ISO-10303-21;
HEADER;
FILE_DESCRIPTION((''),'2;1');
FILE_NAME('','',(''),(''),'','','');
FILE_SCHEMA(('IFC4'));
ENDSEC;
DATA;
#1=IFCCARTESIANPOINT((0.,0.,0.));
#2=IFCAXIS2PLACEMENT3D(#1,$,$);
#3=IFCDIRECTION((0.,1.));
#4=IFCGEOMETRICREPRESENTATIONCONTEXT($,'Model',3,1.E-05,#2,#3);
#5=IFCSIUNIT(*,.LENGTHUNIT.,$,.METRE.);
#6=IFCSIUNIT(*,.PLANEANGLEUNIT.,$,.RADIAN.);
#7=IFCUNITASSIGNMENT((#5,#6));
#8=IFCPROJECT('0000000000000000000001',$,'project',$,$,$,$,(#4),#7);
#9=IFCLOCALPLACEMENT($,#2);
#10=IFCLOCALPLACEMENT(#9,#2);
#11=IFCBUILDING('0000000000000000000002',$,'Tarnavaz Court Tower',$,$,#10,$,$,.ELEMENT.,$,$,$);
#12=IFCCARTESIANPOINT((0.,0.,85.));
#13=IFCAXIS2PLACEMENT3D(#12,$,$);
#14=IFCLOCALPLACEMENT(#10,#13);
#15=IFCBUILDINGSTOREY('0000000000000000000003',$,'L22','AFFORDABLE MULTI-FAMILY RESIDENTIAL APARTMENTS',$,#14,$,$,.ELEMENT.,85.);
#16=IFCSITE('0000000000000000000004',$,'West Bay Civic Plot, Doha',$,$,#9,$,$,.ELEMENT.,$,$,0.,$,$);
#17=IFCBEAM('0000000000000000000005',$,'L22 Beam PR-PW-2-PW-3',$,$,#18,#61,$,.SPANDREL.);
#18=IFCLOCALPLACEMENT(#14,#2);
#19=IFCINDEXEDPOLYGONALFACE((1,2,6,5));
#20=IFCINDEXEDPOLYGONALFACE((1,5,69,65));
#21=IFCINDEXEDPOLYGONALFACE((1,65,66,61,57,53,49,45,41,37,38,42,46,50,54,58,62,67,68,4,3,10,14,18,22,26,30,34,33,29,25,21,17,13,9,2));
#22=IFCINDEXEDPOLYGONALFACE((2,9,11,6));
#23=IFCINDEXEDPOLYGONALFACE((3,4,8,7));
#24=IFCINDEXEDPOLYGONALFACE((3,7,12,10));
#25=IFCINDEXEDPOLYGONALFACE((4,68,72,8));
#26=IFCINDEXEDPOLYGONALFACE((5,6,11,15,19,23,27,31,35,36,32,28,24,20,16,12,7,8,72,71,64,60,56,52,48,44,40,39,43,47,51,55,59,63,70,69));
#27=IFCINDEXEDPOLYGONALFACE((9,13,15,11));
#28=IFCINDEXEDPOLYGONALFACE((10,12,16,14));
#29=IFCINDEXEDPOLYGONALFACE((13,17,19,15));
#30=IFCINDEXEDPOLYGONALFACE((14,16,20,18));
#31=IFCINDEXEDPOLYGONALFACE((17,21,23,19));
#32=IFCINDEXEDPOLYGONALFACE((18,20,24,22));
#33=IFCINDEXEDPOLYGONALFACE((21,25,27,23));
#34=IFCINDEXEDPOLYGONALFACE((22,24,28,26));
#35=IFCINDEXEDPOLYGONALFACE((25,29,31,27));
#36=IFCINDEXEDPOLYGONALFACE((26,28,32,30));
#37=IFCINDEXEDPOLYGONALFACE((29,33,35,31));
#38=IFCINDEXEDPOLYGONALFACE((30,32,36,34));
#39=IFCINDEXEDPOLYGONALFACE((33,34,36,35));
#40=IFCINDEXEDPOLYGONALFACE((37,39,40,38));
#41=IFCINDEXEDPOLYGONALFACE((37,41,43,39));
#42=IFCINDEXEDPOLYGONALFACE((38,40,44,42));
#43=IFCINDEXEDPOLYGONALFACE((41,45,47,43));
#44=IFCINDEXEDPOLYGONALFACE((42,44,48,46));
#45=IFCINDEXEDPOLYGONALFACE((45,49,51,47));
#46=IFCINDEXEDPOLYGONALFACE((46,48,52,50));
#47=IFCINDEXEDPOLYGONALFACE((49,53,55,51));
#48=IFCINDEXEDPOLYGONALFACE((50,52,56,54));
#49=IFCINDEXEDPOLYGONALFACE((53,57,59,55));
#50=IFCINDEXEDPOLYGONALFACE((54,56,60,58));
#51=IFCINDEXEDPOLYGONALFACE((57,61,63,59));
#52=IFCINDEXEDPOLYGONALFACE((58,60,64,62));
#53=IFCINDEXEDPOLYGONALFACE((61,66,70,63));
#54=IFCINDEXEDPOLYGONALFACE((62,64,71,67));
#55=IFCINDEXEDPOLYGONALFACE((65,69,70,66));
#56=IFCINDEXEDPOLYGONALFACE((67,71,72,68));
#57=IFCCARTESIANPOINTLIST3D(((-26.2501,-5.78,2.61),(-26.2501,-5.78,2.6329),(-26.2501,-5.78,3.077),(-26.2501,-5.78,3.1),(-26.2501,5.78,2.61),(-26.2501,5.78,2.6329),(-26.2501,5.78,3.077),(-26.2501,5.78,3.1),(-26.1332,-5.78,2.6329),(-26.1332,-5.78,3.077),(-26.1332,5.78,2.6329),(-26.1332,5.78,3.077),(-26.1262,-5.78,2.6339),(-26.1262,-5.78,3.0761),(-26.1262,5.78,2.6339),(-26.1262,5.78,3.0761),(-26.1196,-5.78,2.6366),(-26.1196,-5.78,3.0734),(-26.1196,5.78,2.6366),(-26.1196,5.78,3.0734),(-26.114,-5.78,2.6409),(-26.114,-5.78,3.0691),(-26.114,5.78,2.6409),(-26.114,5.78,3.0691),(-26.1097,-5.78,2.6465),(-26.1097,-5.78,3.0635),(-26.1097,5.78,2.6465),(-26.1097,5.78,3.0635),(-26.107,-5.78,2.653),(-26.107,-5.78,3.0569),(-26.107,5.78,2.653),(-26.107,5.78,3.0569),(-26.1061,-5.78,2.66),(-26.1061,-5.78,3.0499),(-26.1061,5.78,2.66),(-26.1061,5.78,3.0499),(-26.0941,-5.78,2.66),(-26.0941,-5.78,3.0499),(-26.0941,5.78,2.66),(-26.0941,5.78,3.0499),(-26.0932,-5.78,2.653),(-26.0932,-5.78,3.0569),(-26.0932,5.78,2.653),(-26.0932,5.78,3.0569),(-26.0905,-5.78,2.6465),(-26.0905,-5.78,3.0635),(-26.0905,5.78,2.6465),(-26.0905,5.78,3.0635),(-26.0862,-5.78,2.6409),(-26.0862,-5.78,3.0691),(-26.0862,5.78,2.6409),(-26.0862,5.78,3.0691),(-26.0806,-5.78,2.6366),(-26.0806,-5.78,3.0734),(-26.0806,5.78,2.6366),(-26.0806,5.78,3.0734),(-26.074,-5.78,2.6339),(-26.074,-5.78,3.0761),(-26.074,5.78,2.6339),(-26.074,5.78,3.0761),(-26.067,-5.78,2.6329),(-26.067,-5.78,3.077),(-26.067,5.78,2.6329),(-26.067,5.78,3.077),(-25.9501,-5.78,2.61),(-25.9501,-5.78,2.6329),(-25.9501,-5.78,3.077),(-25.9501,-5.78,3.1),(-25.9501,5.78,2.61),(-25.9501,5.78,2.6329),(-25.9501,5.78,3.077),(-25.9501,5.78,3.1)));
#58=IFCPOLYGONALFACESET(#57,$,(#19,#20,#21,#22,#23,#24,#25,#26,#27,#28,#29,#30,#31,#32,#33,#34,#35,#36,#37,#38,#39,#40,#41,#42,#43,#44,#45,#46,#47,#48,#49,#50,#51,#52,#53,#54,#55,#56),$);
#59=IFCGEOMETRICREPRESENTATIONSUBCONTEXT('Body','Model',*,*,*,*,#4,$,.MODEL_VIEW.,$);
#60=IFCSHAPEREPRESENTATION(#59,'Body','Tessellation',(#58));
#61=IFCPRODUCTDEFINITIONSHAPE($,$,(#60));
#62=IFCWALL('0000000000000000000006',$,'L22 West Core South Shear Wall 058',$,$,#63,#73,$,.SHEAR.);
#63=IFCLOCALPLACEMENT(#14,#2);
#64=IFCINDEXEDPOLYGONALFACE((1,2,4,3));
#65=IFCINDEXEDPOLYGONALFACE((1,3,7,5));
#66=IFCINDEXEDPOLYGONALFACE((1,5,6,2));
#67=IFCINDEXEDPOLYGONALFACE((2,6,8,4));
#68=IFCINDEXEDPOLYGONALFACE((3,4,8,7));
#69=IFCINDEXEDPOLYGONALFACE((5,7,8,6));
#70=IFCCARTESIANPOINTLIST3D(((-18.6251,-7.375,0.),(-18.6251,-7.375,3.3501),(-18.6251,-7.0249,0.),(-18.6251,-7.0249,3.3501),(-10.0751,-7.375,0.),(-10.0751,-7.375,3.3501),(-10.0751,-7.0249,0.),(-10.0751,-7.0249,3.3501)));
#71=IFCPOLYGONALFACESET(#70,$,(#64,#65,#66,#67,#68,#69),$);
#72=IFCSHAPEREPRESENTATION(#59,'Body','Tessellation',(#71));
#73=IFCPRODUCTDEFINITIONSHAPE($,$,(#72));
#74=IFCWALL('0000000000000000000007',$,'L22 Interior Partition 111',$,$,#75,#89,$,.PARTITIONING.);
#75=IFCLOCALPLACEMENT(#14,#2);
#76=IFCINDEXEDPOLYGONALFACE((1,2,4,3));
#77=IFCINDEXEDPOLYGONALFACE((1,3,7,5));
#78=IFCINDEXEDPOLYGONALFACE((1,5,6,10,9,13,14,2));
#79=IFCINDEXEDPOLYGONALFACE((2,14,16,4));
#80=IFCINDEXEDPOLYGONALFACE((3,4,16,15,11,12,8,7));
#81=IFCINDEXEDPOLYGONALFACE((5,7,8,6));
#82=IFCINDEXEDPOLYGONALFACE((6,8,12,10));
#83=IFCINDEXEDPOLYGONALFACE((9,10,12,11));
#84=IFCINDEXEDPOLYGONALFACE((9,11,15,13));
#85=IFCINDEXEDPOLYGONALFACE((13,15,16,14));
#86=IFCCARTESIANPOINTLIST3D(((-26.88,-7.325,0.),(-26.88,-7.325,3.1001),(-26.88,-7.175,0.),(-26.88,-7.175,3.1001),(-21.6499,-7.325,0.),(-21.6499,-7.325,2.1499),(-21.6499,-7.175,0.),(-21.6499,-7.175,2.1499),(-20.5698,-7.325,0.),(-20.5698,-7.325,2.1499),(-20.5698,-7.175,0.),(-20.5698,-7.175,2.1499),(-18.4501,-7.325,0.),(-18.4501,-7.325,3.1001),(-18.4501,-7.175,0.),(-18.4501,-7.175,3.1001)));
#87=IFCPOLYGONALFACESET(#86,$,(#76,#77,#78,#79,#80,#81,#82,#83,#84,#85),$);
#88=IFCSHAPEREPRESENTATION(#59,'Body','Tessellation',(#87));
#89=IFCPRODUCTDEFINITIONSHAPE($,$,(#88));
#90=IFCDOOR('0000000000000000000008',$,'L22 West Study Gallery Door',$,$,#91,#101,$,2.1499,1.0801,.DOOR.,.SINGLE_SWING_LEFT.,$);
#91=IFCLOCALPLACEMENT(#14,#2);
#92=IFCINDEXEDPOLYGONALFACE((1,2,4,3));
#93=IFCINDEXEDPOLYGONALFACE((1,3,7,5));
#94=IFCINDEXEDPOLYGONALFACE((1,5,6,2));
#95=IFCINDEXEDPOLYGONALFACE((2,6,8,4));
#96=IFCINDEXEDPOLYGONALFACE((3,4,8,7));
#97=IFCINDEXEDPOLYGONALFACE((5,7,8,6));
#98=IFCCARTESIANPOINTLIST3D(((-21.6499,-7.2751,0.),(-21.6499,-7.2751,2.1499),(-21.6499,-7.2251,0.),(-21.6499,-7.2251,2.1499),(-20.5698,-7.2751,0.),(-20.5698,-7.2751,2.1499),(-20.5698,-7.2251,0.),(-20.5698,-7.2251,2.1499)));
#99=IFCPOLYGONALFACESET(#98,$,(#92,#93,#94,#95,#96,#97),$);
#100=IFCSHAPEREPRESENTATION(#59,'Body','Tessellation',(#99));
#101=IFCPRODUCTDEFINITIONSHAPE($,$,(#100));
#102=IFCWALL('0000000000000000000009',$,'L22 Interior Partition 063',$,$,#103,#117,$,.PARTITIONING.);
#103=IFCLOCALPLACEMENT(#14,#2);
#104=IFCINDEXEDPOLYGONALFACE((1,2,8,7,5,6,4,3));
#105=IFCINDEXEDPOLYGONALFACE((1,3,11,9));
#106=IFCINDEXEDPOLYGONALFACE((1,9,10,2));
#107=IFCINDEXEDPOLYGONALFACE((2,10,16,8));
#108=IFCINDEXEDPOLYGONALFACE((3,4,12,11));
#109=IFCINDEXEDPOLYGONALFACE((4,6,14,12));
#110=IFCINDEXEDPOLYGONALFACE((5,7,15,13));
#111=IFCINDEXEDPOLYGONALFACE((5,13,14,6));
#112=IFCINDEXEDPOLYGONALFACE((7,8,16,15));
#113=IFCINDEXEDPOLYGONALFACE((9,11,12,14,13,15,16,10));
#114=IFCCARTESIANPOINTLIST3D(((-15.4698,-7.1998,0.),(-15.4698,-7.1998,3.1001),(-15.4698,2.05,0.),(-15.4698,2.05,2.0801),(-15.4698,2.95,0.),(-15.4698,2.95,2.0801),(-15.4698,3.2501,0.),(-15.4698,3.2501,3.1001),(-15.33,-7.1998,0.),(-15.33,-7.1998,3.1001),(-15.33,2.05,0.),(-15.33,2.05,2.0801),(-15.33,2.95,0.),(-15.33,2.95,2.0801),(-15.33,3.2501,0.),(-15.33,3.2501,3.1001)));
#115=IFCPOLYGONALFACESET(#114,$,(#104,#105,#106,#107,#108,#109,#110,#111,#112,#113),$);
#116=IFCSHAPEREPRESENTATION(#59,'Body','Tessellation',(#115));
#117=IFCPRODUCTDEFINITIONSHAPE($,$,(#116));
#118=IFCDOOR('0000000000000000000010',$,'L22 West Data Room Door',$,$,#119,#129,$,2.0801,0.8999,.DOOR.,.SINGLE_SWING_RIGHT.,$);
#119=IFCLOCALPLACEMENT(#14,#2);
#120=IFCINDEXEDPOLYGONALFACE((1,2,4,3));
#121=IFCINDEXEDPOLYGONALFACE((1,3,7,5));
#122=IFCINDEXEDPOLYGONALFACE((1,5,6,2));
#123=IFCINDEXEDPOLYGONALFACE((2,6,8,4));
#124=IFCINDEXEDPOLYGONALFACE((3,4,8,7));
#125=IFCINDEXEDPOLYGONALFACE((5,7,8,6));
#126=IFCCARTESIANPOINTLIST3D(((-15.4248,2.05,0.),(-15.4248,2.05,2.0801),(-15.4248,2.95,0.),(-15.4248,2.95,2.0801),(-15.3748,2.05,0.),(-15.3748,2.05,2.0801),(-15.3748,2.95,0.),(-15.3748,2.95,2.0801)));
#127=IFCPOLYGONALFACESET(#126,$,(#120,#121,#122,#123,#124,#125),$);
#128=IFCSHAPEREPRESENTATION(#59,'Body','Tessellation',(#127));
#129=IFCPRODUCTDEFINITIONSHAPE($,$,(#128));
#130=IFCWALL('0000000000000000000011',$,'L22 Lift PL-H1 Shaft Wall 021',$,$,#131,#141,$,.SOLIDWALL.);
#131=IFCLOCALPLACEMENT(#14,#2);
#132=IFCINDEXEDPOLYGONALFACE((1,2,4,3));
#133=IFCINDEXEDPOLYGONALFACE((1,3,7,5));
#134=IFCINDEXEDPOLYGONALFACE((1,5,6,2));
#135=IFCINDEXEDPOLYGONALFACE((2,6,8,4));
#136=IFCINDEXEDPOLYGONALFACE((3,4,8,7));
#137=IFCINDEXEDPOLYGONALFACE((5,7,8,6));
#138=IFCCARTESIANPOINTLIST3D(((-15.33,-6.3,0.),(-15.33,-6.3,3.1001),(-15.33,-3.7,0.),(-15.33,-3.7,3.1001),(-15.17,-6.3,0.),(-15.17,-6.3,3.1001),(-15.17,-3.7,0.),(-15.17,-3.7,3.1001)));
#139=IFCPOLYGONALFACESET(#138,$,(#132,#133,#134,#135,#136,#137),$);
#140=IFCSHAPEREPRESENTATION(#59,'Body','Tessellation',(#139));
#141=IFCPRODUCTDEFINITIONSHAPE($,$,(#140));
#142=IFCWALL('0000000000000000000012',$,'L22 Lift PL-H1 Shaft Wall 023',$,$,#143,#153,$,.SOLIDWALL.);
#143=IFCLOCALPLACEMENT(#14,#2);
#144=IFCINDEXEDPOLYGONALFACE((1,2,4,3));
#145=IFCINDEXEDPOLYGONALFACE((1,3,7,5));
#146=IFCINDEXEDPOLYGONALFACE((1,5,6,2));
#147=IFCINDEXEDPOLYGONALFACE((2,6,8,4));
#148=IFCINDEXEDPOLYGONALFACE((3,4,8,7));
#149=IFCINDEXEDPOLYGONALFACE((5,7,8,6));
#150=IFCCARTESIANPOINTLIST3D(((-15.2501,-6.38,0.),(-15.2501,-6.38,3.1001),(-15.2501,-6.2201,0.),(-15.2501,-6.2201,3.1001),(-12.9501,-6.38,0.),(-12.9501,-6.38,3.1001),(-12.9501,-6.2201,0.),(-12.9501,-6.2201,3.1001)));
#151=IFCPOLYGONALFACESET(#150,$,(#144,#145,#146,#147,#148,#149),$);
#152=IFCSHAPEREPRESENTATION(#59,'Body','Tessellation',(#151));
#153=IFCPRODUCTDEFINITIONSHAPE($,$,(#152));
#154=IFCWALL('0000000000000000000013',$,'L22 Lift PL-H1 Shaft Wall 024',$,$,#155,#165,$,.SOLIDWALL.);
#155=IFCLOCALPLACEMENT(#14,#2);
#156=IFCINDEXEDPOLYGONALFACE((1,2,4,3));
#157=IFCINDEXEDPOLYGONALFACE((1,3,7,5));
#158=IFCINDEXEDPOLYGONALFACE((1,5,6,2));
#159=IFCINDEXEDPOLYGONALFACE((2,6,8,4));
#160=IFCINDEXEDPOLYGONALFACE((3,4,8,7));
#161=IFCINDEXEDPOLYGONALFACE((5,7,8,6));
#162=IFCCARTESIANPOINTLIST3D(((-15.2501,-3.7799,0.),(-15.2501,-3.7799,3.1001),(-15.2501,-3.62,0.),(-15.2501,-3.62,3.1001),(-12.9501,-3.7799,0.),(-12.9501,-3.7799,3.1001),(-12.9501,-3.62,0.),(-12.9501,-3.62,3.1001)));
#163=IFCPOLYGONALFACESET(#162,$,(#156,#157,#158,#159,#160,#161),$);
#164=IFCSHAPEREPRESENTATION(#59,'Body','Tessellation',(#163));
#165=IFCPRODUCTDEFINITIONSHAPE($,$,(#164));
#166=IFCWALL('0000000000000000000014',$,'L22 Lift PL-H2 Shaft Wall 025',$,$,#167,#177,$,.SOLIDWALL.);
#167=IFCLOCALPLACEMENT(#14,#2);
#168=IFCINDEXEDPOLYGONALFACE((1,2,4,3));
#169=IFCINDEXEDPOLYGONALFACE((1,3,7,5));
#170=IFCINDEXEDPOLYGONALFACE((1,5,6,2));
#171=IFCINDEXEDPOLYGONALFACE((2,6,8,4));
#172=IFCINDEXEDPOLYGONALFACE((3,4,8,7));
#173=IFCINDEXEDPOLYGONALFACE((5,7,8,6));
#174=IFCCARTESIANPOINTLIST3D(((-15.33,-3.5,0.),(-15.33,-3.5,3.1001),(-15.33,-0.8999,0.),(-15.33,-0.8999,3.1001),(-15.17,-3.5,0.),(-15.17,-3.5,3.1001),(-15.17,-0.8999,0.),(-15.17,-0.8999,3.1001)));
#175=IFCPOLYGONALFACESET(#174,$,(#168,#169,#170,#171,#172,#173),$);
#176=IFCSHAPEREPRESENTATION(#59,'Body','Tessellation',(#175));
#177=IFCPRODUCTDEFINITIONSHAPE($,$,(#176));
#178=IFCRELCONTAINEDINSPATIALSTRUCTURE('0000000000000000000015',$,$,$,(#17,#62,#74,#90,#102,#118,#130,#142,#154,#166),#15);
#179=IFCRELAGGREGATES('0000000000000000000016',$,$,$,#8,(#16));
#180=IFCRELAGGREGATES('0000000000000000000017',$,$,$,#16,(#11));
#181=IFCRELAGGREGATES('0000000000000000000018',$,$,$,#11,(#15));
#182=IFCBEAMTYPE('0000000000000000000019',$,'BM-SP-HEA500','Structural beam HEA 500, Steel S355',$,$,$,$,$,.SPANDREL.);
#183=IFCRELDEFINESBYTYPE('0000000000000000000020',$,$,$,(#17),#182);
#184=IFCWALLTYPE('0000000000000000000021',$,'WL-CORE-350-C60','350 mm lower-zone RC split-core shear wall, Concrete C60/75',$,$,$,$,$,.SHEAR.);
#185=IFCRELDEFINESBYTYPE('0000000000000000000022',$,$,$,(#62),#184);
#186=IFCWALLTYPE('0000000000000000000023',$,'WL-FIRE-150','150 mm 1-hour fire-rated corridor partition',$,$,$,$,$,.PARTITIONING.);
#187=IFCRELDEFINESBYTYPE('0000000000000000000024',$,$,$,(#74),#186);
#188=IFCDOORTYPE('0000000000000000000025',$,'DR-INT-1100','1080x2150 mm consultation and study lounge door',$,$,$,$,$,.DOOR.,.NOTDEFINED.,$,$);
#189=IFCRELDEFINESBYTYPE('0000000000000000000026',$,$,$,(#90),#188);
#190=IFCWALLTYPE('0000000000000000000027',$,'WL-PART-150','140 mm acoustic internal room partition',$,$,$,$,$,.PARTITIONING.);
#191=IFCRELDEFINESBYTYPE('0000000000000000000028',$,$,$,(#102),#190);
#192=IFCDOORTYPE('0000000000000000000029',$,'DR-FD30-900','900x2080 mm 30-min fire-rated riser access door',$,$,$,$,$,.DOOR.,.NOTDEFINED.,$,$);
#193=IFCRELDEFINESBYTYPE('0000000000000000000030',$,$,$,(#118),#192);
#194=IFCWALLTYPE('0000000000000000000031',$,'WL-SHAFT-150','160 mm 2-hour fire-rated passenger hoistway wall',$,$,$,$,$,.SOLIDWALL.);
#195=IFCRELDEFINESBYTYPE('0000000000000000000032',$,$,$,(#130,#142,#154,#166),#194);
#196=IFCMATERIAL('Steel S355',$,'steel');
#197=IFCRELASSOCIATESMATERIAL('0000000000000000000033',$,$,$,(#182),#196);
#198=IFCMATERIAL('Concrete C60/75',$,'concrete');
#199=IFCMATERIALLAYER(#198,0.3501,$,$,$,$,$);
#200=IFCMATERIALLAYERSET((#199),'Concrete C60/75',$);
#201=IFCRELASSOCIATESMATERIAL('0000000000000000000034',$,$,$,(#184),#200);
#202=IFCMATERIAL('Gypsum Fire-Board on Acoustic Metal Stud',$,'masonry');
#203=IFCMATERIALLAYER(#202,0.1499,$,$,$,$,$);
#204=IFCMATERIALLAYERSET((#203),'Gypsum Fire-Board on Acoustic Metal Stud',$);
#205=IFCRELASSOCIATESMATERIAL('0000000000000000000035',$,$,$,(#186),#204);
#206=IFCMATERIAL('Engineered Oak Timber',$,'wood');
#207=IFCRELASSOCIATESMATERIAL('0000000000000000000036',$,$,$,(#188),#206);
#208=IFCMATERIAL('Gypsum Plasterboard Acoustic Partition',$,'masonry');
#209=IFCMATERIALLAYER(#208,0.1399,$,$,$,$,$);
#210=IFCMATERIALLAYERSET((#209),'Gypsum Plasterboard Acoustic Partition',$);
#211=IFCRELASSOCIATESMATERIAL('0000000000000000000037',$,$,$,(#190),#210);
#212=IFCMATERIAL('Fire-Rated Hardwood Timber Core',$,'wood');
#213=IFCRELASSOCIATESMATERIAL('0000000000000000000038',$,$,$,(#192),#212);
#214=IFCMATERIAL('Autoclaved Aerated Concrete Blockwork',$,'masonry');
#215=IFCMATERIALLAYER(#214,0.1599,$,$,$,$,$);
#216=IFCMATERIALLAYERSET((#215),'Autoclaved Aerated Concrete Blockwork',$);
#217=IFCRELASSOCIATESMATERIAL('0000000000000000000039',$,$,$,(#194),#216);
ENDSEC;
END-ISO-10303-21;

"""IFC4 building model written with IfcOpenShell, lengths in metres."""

from ifc_helpers import new_model, si_unit, direction, frame, frame_2d, origin, origin_2d, place, context, subcontext, project, spatial, rectangle, i_section, extrude, material, layer, layer_set, material_profile, profile_set, type_object, element, fill, save


model = new_model("IFC4")

# Units and contexts
model_context = context("Model", 3, precision=1e-05, world=origin(), true_north=direction((0.0, 1.0)))
body_context = subcontext(model_context, "Body", "Model", "MODEL_VIEW")
ifc_project = project(units=[si_unit("LENGTHUNIT", "METRE"), si_unit("PLANEANGLEUNIT", "RADIAN")], contexts=[model_context])

# Site, building, storey
site_placement = place(None, origin())
site = spatial("IfcSite", under=ifc_project, at=site_placement, Name="West Bay Civic Plot, Doha", CompositionType="ELEMENT", RefElevation=0.0)
building_placement = place(site_placement, origin())
building = spatial("IfcBuilding", under=site, at=building_placement, Name="Tarnavaz Court Tower", CompositionType="ELEMENT")
storey_placement = place(building_placement, frame((0.0, 0.0, 85.0)))
storey = spatial("IfcBuildingStorey", under=building, at=storey_placement, Name="L22", Description="AFFORDABLE MULTI-FAMILY RESIDENTIAL APARTMENTS", CompositionType="ELEMENT", Elevation=85.0)

# Shared definitions
ifc_material_1 = material(Name="Concrete C60/75", Category="concrete")

# Beam
ifc_material_2 = material(Name="Steel S355", Category="steel")
ifc_material_profile_1 = material_profile(ifc_material_2, i_section(OverallWidth=0.3, OverallDepth=0.49, WebThickness=0.012, FlangeThickness=0.0229, FilletRadius=0.0271, at=origin_2d()), Name="HEA 500")
ifc_profile_set_1 = profile_set([ifc_material_profile_1], Name="Steel S355")
beam_type_1 = type_object("IfcBeamType", Name="BM-SP-HEA500", Description="Structural beam HEA 500, Steel S355", PredefinedType="SPANDREL", material=ifc_profile_set_1)
beam_1_placement = place(storey_placement, frame((-26.1001, -5.78, 2.855), z_axis=(0.0, 1.0, 0.0), x_axis=(-1.0, 0.0, 0.0)))
element("IfcBeam", 1, at=beam_1_placement, inside=storey, type_object=beam_type_1, Name="L22 Beam PR-PW-2-PW-3", PredefinedType="SPANDREL", context=body_context, shape_type="SweptSolid", body=[
    extrude(i_section(OverallWidth=0.3, OverallDepth=0.49, WebThickness=0.012, FlangeThickness=0.0229, FilletRadius=0.0271, at=origin_2d()), origin(), (0.0, 0.0, 1.0), 11.5601),
])

# Wall
ifc_layer_1 = layer(ifc_material_1, 0.3501)
ifc_layer_set_1 = layer_set([ifc_layer_1], Name="Concrete C60/75")
wall_type_1 = type_object("IfcWallType", Name="WL-CORE-350-C60", Description="350 mm lower-zone RC split-core shear wall, Concrete C60/75", PredefinedType="SHEAR", material=ifc_layer_set_1)
wall_1_placement = place(storey_placement, frame((-18.625, -7.2, 0.0), z_axis=(0.0, 0.0, 1.0), x_axis=(1.0, 0.0, 0.0)))
element("IfcWall", 2, at=wall_1_placement, inside=storey, type_object=wall_type_1, Name="L22 West Core South Shear Wall 058", PredefinedType="SHEAR", context=body_context, shape_type="SweptSolid", body=[
    extrude(rectangle(XDim=8.55, YDim=0.3501, at=frame_2d((4.2749, 0.0))), origin(), (0.0, 0.0, 1.0), 3.3501),
])

# Walls, openings, doors
ifc_material_3 = material(Name="Gypsum Fire-Board on Acoustic Metal Stud", Category="masonry")
ifc_layer_2 = layer(ifc_material_3, 0.1499)
ifc_layer_set_2 = layer_set([ifc_layer_2], Name="Gypsum Fire-Board on Acoustic Metal Stud")
wall_type_2 = type_object("IfcWallType", Name="WL-FIRE-150", Description="150 mm 1-hour fire-rated corridor partition", PredefinedType="PARTITIONING", material=ifc_layer_set_2)
wall_2_placement = place(storey_placement, frame((-26.8799, -7.25, 0.0), z_axis=(0.0, 0.0, 1.0), x_axis=(1.0, 0.0, 0.0)))
wall_2 = element("IfcWall", 3, at=wall_2_placement, inside=storey, type_object=wall_type_2, Name="L22 Interior Partition 111", PredefinedType="PARTITIONING", context=body_context, shape_type="SweptSolid", body=[
    extrude(rectangle(XDim=8.4299, YDim=0.1499, at=frame_2d((4.2148, 0.0))), origin(), (0.0, 0.0, 1.0), 3.1001),
])
opening_1_placement = place(wall_2_placement, frame((5.23, 0.0, 0.0)))
opening_1 = element("IfcOpeningElement", 4, at=opening_1_placement, cuts=wall_2, PredefinedType="OPENING", context=body_context, shape_type="SweptSolid", body=[
    extrude(rectangle(XDim=1.0801, YDim=2.1499, at=frame_2d((0.54, 1.075))), frame((0.0, 0.085, 0.0), z_axis=(0.0, -1.0, 0.0), x_axis=(1.0, 0.0, 0.0)), (0.0, 0.0, 1.0), 0.1699),
])
ifc_material_4 = material(Name="Engineered Oak Timber", Category="wood")
door_type_1 = type_object("IfcDoorType", Name="DR-INT-1100", Description="1080x2150 mm consultation and study lounge door", OperationType="NOTDEFINED", PredefinedType="DOOR", material=ifc_material_4)
door_1_placement = place(opening_1_placement, origin())
door_1 = element("IfcDoor", 5, at=door_1_placement, inside=storey, type_object=door_type_1, Name="L22 West Study Gallery Door", OperationType="SINGLE_SWING_LEFT", OverallHeight=2.1499, OverallWidth=1.0801, PredefinedType="DOOR", context=body_context, shape_type="SweptSolid", body=[
    extrude(rectangle(XDim=1.0801, YDim=2.1499, at=frame_2d((0.54, 1.075))), frame((0.0, 0.0249, 0.0), z_axis=(0.0, -1.0, 0.0), x_axis=(1.0, 0.0, 0.0)), (0.0, 0.0, 1.0), 0.05),
])
fill(opening_1, door_1)
ifc_material_5 = material(Name="Gypsum Plasterboard Acoustic Partition", Category="masonry")
ifc_layer_3 = layer(ifc_material_5, 0.1399)
ifc_layer_set_3 = layer_set([ifc_layer_3], Name="Gypsum Plasterboard Acoustic Partition")
wall_type_3 = type_object("IfcWallType", Name="WL-PART-150", Description="140 mm acoustic internal room partition", PredefinedType="PARTITIONING", material=ifc_layer_set_3)
wall_3_placement = place(storey_placement, frame((-15.3999, -7.2, 0.0), z_axis=(0.0, 0.0, 1.0), x_axis=(0.0, 1.0, 0.0)))
wall_3 = element("IfcWall", 6, at=wall_3_placement, inside=storey, type_object=wall_type_3, Name="L22 Interior Partition 063", PredefinedType="PARTITIONING", context=body_context, shape_type="SweptSolid", body=[
    extrude(rectangle(XDim=10.45, YDim=0.1399, at=frame_2d((5.2251, 0.0))), origin(), (0.0, 0.0, 1.0), 3.1001),
])
opening_2_placement = place(wall_3_placement, frame((9.25, 0.0, 0.0)))
opening_2 = element("IfcOpeningElement", 7, at=opening_2_placement, cuts=wall_3, PredefinedType="OPENING", context=body_context, shape_type="SweptSolid", body=[
    extrude(rectangle(XDim=0.8999, YDim=2.0801, at=frame_2d((0.45, 1.04))), frame((0.0, 0.0798, 0.0), z_axis=(0.0, -1.0, 0.0), x_axis=(1.0, 0.0, 0.0)), (0.0, 0.0, 1.0), 0.1599),
])
ifc_material_6 = material(Name="Fire-Rated Hardwood Timber Core", Category="wood")
door_type_2 = type_object("IfcDoorType", Name="DR-FD30-900", Description="900x2080 mm 30-min fire-rated riser access door", OperationType="NOTDEFINED", PredefinedType="DOOR", material=ifc_material_6)
door_2_placement = place(opening_2_placement, origin())
door_2 = element("IfcDoor", 8, at=door_2_placement, inside=storey, type_object=door_type_2, Name="L22 West Data Room Door", OperationType="SINGLE_SWING_RIGHT", OverallHeight=2.0801, OverallWidth=0.8999, PredefinedType="DOOR", context=body_context, shape_type="SweptSolid", body=[
    extrude(rectangle(XDim=0.8999, YDim=2.0801, at=frame_2d((0.45, 1.04))), frame((0.0, 0.0249, 0.0), z_axis=(0.0, -1.0, 0.0), x_axis=(1.0, 0.0, 0.0)), (0.0, 0.0, 1.0), 0.05),
])
fill(opening_2, door_2)

# Walls
ifc_material_7 = material(Name="Autoclaved Aerated Concrete Blockwork", Category="masonry")
ifc_layer_4 = layer(ifc_material_7, 0.1599)
ifc_layer_set_4 = layer_set([ifc_layer_4], Name="Autoclaved Aerated Concrete Blockwork")
wall_type_4 = type_object("IfcWallType", Name="WL-SHAFT-150", Description="160 mm 2-hour fire-rated passenger hoistway wall", PredefinedType="SOLIDWALL", material=ifc_layer_set_4)
wall_4_placement = place(storey_placement, frame((-15.25, -6.3, 0.0), z_axis=(0.0, 0.0, 1.0), x_axis=(0.0, 1.0, 0.0)))
element("IfcWall", 9, at=wall_4_placement, inside=storey, type_object=wall_type_4, Name="L22 Lift PL-H1 Shaft Wall 021", PredefinedType="SOLIDWALL", context=body_context, shape_type="SweptSolid", body=[
    extrude(rectangle(XDim=2.6001, YDim=0.1599, at=frame_2d((1.3, 0.0))), origin(), (0.0, 0.0, 1.0), 3.1001),
])
for number, where, z_axis, x_axis, name in (
    (10, (-15.25, -6.3, 0.0), (0.0, 0.0, 1.0), (1.0, 0.0, 0.0), "L22 Lift PL-H1 Shaft Wall 023"),
    (11, (-15.25, -3.7, 0.0), (0.0, 0.0, 1.0), (1.0, 0.0, 0.0), "L22 Lift PL-H1 Shaft Wall 024"),
):
    element("IfcWall", number, at=place(storey_placement, frame(where, z_axis=z_axis, x_axis=x_axis)), inside=storey, type_object=wall_type_4, Name=name, PredefinedType="SOLIDWALL", context=body_context, shape_type="SweptSolid", body=[
        extrude(rectangle(XDim=2.3, YDim=0.1599, at=frame_2d((1.1499, 0.0))), origin(), (0.0, 0.0, 1.0), 3.1001),
    ])
wall_5_placement = place(storey_placement, frame((-15.25, -3.5, 0.0), z_axis=(0.0, 0.0, 1.0), x_axis=(0.0, 1.0, 0.0)))
element("IfcWall", 12, at=wall_5_placement, inside=storey, type_object=wall_type_4, Name="L22 Lift PL-H2 Shaft Wall 025", PredefinedType="SOLIDWALL", context=body_context, shape_type="SweptSolid", body=[
    extrude(rectangle(XDim=2.6001, YDim=0.1599, at=frame_2d((1.3, 0.0))), origin(), (0.0, 0.0, 1.0), 3.1001),
])

save(model, "model.ifc")
